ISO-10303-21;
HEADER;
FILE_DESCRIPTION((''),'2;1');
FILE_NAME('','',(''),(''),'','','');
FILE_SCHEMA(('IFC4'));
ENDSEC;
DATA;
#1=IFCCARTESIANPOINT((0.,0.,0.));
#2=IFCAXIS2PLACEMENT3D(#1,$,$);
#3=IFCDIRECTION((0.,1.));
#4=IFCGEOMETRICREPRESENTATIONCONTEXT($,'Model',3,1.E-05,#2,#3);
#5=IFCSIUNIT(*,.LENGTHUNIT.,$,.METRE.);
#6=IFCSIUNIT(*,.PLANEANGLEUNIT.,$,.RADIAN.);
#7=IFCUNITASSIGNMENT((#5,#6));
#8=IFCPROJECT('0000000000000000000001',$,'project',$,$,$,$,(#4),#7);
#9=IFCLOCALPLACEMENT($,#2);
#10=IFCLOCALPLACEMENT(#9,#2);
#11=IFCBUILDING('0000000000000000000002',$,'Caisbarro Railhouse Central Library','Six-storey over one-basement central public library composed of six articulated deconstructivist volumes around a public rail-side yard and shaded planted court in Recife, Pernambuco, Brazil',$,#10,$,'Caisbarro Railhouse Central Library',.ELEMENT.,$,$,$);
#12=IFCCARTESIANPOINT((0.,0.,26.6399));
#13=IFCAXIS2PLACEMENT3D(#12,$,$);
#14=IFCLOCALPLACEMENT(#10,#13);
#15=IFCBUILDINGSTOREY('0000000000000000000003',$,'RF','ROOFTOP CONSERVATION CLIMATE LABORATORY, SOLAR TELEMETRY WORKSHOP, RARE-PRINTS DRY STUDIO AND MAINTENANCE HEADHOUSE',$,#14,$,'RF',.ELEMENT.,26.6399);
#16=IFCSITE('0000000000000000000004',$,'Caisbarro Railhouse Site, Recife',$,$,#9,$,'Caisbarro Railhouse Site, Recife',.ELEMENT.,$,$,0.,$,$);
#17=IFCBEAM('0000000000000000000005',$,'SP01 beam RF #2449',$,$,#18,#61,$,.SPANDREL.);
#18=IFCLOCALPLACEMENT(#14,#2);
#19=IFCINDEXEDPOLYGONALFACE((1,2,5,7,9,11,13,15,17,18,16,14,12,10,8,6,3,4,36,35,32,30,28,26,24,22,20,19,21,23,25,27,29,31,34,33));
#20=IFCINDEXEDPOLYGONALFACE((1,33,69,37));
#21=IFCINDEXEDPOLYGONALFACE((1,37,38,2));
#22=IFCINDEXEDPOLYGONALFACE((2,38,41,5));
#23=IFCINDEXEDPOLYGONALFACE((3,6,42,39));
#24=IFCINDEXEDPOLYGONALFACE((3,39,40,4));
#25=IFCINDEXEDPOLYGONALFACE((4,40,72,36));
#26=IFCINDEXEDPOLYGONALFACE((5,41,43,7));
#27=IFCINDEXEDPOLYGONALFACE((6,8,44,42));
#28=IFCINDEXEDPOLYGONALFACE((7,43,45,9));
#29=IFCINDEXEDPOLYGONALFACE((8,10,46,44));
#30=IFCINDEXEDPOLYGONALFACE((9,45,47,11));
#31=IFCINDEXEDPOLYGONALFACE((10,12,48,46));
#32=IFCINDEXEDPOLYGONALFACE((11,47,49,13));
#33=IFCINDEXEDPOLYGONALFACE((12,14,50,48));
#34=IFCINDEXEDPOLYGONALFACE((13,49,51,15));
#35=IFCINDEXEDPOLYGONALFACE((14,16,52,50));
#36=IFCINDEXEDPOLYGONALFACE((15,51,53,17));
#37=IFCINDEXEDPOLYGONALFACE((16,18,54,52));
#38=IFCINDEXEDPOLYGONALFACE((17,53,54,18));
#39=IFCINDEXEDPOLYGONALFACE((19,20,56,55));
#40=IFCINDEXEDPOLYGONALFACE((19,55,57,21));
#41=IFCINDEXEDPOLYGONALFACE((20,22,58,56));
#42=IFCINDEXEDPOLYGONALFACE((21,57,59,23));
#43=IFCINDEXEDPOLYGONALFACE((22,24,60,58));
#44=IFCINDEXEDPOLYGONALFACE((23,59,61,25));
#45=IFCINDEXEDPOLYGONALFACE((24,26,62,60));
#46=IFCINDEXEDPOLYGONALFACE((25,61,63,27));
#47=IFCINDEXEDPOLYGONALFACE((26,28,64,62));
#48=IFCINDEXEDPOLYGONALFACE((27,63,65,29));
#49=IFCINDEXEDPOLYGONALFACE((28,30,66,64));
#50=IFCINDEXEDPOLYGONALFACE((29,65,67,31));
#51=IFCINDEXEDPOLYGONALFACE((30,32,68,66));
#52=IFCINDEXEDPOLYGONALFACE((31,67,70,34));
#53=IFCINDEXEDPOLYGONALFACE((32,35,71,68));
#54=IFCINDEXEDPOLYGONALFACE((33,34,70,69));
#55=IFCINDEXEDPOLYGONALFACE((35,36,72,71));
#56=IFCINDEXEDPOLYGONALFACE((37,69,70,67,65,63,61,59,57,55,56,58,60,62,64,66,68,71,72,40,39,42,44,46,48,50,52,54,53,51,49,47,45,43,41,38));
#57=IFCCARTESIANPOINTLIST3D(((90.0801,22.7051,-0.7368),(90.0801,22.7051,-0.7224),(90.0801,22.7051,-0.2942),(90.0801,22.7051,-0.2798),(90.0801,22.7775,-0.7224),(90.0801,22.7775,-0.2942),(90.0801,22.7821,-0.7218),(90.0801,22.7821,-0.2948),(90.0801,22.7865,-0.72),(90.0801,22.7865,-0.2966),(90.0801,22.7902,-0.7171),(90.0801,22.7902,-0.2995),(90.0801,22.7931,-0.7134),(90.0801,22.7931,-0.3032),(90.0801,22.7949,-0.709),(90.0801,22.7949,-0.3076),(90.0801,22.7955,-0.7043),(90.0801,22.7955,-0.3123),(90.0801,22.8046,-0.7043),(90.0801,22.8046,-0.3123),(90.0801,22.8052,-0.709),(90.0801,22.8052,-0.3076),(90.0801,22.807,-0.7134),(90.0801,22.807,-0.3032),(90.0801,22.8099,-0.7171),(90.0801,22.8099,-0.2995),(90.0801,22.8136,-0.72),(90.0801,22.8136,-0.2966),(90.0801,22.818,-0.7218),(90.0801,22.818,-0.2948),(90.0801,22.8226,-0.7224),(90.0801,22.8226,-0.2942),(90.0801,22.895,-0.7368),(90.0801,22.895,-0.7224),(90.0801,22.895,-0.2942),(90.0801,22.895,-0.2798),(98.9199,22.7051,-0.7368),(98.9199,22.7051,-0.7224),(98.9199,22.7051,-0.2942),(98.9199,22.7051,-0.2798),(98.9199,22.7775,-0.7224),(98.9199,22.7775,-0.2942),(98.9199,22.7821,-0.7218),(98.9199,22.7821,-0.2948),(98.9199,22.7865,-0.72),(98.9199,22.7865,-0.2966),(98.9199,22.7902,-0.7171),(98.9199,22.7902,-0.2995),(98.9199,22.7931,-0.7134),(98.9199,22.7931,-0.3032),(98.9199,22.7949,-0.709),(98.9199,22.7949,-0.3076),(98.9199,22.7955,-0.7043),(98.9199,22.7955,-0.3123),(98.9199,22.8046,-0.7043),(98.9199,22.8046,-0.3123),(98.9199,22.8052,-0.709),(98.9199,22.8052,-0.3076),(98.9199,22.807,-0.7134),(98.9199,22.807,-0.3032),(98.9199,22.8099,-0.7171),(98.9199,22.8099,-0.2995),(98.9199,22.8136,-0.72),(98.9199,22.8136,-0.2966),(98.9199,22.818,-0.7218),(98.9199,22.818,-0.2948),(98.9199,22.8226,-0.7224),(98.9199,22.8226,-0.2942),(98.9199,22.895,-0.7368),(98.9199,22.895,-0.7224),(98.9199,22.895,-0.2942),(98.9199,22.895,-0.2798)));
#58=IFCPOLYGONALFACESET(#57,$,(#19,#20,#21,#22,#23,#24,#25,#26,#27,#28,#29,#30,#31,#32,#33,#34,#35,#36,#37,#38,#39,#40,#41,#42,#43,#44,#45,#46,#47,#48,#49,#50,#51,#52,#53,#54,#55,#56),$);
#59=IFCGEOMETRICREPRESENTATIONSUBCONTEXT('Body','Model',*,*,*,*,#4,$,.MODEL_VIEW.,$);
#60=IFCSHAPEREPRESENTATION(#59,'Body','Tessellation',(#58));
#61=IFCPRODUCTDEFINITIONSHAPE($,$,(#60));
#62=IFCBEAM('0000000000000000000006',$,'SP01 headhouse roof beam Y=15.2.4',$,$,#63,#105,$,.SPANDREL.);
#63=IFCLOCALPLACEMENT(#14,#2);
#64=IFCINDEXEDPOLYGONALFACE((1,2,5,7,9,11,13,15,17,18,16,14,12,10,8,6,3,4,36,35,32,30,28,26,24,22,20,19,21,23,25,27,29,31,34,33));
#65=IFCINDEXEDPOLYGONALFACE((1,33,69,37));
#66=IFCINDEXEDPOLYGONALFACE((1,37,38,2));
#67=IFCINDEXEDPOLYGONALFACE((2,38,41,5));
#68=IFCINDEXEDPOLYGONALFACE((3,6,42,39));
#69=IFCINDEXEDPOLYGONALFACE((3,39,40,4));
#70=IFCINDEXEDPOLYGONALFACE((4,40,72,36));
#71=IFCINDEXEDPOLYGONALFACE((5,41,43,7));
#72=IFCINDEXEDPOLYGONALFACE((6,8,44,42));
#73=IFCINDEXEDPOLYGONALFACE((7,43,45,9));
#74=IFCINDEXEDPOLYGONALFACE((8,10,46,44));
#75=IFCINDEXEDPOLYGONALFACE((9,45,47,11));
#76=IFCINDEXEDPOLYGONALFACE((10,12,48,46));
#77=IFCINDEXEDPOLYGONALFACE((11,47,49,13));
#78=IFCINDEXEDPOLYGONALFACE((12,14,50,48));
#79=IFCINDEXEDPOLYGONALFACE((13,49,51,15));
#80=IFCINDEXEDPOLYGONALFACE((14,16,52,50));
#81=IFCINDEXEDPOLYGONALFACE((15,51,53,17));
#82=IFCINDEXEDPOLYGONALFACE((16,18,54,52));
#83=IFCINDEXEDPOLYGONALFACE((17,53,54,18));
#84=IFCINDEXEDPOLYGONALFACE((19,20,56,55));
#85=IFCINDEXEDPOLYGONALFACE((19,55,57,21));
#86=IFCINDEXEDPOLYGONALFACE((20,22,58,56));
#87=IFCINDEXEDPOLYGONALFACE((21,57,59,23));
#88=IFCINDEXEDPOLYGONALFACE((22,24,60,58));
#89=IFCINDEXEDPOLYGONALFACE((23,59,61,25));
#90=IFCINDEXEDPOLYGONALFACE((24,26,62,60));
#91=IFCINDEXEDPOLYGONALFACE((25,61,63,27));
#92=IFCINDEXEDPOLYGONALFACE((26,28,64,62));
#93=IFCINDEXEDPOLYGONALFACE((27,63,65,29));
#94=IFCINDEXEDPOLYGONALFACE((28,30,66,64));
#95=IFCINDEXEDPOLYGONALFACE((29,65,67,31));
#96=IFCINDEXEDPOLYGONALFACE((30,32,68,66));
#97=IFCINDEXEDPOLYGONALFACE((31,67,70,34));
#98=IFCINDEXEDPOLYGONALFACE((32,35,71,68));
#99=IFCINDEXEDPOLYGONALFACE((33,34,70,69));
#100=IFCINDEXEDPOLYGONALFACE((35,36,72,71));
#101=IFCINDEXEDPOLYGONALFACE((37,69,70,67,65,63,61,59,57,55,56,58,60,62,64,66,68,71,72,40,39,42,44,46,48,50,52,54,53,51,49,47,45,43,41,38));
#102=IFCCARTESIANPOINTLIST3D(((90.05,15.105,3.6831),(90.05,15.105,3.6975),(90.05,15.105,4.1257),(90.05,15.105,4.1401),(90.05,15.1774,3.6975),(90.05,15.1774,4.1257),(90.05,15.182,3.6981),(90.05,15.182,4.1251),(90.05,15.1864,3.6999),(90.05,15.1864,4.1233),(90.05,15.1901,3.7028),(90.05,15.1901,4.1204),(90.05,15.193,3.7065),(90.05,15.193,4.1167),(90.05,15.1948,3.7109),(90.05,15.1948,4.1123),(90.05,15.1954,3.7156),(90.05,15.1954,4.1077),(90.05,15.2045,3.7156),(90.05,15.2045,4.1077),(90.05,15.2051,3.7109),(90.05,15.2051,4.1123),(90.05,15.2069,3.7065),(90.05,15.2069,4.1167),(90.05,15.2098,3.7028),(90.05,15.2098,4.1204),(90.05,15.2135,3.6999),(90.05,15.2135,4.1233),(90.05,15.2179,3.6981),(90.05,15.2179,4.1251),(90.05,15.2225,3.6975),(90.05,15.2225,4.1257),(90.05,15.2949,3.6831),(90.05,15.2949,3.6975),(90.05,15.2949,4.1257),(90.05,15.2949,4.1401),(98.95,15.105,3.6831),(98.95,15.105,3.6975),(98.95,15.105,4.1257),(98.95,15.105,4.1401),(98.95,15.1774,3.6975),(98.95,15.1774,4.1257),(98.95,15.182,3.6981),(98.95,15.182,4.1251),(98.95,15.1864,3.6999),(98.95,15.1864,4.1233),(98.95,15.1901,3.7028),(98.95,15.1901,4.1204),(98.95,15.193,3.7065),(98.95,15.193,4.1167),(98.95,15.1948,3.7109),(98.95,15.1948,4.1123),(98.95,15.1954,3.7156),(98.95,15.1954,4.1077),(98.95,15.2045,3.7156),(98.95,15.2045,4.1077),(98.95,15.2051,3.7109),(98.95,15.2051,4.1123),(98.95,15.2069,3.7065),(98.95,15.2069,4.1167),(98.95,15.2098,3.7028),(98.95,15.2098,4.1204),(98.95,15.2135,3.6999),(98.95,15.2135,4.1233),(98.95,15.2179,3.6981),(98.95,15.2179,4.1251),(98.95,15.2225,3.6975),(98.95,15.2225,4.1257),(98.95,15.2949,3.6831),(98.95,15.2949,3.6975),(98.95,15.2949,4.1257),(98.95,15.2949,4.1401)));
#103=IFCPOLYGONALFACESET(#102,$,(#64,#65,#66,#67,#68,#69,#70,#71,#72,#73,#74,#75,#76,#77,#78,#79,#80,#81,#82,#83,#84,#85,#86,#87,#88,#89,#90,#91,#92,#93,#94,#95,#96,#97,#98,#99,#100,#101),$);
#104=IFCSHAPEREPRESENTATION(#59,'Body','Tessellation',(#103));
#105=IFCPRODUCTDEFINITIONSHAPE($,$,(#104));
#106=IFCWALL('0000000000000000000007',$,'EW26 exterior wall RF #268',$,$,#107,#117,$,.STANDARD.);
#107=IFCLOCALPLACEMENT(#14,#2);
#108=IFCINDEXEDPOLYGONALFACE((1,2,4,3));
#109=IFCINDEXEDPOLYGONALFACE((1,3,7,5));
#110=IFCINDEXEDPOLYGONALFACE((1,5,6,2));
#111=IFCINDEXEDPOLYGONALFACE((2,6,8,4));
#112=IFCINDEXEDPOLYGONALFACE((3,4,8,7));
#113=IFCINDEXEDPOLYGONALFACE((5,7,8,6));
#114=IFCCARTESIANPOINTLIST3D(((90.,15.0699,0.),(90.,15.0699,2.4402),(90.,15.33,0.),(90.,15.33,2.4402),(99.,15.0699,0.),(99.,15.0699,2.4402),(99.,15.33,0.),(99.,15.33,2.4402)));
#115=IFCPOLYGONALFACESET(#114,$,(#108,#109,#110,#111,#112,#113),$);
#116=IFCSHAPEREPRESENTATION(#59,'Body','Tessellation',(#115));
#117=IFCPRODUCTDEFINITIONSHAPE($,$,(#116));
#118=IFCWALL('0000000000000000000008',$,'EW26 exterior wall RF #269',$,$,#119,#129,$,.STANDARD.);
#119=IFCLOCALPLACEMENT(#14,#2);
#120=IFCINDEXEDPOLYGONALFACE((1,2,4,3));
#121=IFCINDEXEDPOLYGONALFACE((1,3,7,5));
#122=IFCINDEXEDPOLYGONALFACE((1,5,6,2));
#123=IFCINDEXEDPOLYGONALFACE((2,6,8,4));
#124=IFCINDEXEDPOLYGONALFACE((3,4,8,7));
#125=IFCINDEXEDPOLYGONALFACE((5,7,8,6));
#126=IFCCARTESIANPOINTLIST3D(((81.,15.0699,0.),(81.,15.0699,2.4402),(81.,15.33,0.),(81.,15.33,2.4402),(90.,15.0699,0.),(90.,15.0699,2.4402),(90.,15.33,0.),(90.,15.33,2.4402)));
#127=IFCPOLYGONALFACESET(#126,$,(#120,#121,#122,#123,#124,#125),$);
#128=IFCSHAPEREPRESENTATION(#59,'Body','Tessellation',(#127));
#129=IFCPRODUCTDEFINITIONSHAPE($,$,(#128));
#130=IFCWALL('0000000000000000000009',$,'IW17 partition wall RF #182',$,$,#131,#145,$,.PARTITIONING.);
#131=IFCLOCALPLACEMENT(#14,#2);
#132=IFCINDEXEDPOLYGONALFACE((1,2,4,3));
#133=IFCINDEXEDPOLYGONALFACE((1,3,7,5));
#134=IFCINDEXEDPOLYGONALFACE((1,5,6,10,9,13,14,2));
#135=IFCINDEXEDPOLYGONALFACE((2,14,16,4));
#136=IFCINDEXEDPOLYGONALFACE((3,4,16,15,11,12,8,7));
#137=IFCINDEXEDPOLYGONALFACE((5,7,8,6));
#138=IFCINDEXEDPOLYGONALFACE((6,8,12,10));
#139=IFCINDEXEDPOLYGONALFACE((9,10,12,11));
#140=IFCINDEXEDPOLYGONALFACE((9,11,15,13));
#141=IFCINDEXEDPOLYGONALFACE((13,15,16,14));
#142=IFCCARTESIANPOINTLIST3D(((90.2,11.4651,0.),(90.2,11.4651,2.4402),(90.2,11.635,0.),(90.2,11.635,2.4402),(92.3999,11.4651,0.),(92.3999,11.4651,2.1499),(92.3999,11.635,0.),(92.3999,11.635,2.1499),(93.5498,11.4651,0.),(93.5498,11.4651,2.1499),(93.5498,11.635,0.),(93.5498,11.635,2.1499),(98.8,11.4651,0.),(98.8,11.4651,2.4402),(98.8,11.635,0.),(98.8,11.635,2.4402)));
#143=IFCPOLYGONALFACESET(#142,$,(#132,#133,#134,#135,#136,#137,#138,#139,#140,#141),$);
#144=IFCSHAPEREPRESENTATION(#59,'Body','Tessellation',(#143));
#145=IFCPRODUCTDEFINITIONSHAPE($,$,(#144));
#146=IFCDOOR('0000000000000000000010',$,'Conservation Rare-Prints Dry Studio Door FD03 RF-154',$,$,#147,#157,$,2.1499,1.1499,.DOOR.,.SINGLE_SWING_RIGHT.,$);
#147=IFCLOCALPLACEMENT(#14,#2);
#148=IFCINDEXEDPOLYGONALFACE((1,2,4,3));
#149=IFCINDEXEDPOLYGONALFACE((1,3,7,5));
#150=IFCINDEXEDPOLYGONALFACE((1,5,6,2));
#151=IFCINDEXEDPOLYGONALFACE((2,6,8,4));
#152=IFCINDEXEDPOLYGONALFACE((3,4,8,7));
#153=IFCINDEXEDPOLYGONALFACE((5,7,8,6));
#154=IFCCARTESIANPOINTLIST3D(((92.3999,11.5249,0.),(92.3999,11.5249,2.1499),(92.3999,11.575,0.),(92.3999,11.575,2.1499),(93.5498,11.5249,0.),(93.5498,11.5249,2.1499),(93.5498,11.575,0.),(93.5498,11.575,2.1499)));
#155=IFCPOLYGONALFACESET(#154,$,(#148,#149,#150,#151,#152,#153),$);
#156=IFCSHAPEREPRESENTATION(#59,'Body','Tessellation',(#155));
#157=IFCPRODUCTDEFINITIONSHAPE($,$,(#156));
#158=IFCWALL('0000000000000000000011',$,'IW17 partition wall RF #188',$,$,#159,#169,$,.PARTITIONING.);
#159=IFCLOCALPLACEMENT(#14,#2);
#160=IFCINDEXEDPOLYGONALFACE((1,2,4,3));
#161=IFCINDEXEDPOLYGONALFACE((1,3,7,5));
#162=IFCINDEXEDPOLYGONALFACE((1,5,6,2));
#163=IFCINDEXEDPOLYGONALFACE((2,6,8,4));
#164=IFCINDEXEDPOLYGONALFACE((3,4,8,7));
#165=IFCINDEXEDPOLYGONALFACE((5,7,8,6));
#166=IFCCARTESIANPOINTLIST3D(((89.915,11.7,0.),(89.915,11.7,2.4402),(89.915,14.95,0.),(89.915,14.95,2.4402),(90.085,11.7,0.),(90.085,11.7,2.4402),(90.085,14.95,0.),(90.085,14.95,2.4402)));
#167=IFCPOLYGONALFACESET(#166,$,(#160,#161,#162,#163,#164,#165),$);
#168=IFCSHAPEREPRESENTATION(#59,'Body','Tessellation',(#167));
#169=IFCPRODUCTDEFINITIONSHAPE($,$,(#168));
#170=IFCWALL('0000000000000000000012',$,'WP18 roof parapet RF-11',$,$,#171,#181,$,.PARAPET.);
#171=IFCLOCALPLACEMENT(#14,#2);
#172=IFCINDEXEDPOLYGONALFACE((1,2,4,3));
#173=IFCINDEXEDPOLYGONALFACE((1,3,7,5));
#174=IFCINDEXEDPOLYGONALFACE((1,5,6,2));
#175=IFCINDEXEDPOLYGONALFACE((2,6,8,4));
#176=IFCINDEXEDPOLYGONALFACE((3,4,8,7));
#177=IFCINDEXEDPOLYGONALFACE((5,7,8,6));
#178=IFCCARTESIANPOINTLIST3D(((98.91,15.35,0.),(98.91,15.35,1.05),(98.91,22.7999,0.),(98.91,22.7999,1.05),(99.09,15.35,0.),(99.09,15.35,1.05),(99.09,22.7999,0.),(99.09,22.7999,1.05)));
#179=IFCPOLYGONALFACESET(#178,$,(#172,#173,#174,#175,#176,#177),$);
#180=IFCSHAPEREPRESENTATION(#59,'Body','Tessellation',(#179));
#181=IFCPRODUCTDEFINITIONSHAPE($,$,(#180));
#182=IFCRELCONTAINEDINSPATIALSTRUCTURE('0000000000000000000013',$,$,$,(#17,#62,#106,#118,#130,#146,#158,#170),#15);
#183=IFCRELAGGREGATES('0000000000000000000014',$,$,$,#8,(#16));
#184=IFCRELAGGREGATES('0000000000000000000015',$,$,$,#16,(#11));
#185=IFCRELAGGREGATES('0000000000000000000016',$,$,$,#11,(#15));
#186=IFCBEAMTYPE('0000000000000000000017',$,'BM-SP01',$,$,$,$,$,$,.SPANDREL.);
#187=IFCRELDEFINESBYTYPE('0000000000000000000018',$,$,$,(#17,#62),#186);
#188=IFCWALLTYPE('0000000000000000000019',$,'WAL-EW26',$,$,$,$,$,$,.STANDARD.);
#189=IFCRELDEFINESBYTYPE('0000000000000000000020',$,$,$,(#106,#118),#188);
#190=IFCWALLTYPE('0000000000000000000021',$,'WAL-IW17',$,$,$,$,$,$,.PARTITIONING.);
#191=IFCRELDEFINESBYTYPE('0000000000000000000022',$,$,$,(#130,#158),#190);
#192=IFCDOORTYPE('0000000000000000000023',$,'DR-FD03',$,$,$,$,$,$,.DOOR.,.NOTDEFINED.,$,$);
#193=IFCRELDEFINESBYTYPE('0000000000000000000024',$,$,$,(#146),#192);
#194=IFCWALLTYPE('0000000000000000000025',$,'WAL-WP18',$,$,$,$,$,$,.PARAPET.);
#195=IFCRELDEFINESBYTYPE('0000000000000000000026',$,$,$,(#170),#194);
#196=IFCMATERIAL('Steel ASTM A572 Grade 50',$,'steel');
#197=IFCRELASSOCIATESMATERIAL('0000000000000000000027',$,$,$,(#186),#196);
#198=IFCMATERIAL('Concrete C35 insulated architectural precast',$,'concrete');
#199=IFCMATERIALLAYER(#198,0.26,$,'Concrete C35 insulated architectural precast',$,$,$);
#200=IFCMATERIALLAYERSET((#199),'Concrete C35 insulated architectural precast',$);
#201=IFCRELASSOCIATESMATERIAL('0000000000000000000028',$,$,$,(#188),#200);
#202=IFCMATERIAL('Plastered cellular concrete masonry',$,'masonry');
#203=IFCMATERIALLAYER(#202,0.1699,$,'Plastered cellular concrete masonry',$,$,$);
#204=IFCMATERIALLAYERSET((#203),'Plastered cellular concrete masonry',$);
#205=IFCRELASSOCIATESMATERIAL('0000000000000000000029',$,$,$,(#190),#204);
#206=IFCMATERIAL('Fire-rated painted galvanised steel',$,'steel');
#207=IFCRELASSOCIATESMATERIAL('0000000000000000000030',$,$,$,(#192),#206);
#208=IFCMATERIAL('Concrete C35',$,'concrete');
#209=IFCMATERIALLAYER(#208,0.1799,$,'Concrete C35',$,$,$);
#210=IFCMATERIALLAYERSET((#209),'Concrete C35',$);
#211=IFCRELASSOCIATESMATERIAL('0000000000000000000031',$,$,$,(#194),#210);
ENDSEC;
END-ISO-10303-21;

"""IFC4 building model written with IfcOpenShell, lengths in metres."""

from ifc_helpers import new_model, si_unit, direction, frame, frame_2d, origin, origin_2d, place, context, subcontext, project, spatial, rectangle, i_section, extrude, material, layer, layer_set, material_profile, profile_set, type_object, element, fill, save


model = new_model("IFC4")

# Units and contexts
model_context = context("Model", 3, precision=1e-05, world=origin(), true_north=direction((0.0, 1.0)))
body_context = subcontext(model_context, "Body", "Model", "MODEL_VIEW")
ifc_project = project(units=[si_unit("LENGTHUNIT", "METRE"), si_unit("PLANEANGLEUNIT", "RADIAN")], contexts=[model_context])

# Site, building, storey
site_placement = place(None, origin())
site = spatial("IfcSite", under=ifc_project, at=site_placement, Name="Caisbarro Railhouse Site, Recife", LongName="Caisbarro Railhouse Site, Recife", CompositionType="ELEMENT", RefElevation=0.0)
building_placement = place(site_placement, origin())
building = spatial("IfcBuilding", under=site, at=building_placement, Name="Caisbarro Railhouse Central Library", Description="Six-storey over one-basement central public library composed of six articulated deconstructivist volumes around a public rail-side yard and shaded planted court in Recife, Pernambuco, Brazil", LongName="Caisbarro Railhouse Central Library", CompositionType="ELEMENT")
storey_placement = place(building_placement, frame((0.0, 0.0, 26.6399)))
storey = spatial("IfcBuildingStorey", under=building, at=storey_placement, Name="RF", Description="ROOFTOP CONSERVATION CLIMATE LABORATORY, SOLAR TELEMETRY WORKSHOP, RARE-PRINTS DRY STUDIO AND MAINTENANCE HEADHOUSE", LongName="RF", CompositionType="ELEMENT", Elevation=26.6399)

# Shared definitions
ifc_material_1 = material(Name="Steel ASTM A572 Grade 50", Category="steel")

# Beams
ifc_material_profile_1 = material_profile(ifc_material_1, i_section(OverallWidth=0.1899, OverallDepth=0.457, WebThickness=0.009, FlangeThickness=0.0144, FilletRadius=0.0181, at=origin_2d()), Name="W460X74.0")
ifc_profile_set_1 = profile_set([ifc_material_profile_1], Name="Steel ASTM A572 Grade 50")
beam_type_1 = type_object("IfcBeamType", Name="BM-SP01", PredefinedType="SPANDREL", material=ifc_profile_set_1)
beam_1_placement = place(storey_placement, frame((90.0801, 22.8, -0.5083), z_axis=(1.0, 0.0, 0.0), x_axis=(0.0, 1.0, 0.0)))
element("IfcBeam", 1, at=beam_1_placement, inside=storey, type_object=beam_type_1, Name="SP01 beam RF #2449", PredefinedType="SPANDREL", context=body_context, shape_type="SweptSolid", body=[
    extrude(i_section(OverallWidth=0.1899, OverallDepth=0.457, WebThickness=0.009, FlangeThickness=0.0144, FilletRadius=0.0181, at=origin_2d()), origin(), (0.0, 0.0, 1.0), 8.8398),
])
beam_2_placement = place(storey_placement, frame((90.05, 15.2, 3.9116), z_axis=(1.0, 0.0, 0.0), x_axis=(0.0, 1.0, 0.0)))
element("IfcBeam", 2, at=beam_2_placement, inside=storey, type_object=beam_type_1, Name="SP01 headhouse roof beam Y=15.2.4", PredefinedType="SPANDREL", context=body_context, shape_type="SweptSolid", body=[
    extrude(i_section(OverallWidth=0.1899, OverallDepth=0.457, WebThickness=0.009, FlangeThickness=0.0144, FilletRadius=0.0181, at=origin_2d()), origin(), (0.0, 0.0, 1.0), 8.8999),
])

# Walls
ifc_material_2 = material(Name="Concrete C35 insulated architectural precast", Category="concrete")
ifc_layer_1 = layer(ifc_material_2, 0.26, Name="Concrete C35 insulated architectural precast")
ifc_layer_set_1 = layer_set([ifc_layer_1], Name="Concrete C35 insulated architectural precast")
wall_type_1 = type_object("IfcWallType", Name="WAL-EW26", PredefinedType="STANDARD", material=ifc_layer_set_1)
for number, where, z_axis, x_axis, name in (
    (3, (99.0, 15.2, 0.0), (0.0, 0.0, 1.0), (-1.0, 0.0, 0.0), "EW26 exterior wall RF #268"),
    (4, (90.0, 15.2, 0.0), (0.0, 0.0, 1.0), (-1.0, 0.0, 0.0), "EW26 exterior wall RF #269"),
):
    element("IfcWall", number, at=place(storey_placement, frame(where, z_axis=z_axis, x_axis=x_axis)), inside=storey, type_object=wall_type_1, Name=name, PredefinedType="STANDARD", context=body_context, shape_type="SweptSolid", body=[
        extrude(rectangle(XDim=9.0, YDim=0.26, at=frame_2d((4.5, 0.0))), origin(), (0.0, 0.0, 1.0), 2.4402),
    ])

# Wall, opening, door
ifc_material_3 = material(Name="Plastered cellular concrete masonry", Category="masonry")
ifc_layer_2 = layer(ifc_material_3, 0.1699, Name="Plastered cellular concrete masonry")
ifc_layer_set_2 = layer_set([ifc_layer_2], Name="Plastered cellular concrete masonry")
wall_type_2 = type_object("IfcWallType", Name="WAL-IW17", PredefinedType="PARTITIONING", material=ifc_layer_set_2)
wall_1_placement = place(storey_placement, frame((90.2, 11.55, 0.0), z_axis=(0.0, 0.0, 1.0), x_axis=(1.0, 0.0, 0.0)))
wall_1 = element("IfcWall", 5, at=wall_1_placement, inside=storey, type_object=wall_type_2, Name="IW17 partition wall RF #182", PredefinedType="PARTITIONING", context=body_context, shape_type="SweptSolid", body=[
    extrude(rectangle(XDim=8.6001, YDim=0.1699, at=frame_2d((4.3, 0.0))), origin(), (0.0, 0.0, 1.0), 2.4402),
])
opening_1_placement = place(wall_1_placement, frame((2.2, 0.0, 0.0)))
opening_1 = element("IfcOpeningElement", 6, at=opening_1_placement, cuts=wall_1, PredefinedType="OPENING", context=body_context, shape_type="SweptSolid", body=[
    extrude(rectangle(XDim=1.1499, YDim=2.1499, at=frame_2d((0.575, 1.075))), frame((0.0, 0.095, 0.0), z_axis=(0.0, -1.0, 0.0), x_axis=(1.0, 0.0, 0.0)), (0.0, 0.0, 1.0), 0.1899),
])
ifc_material_4 = material(Name="Fire-rated painted galvanised steel", Category="steel")
door_type_1 = type_object("IfcDoorType", Name="DR-FD03", OperationType="NOTDEFINED", PredefinedType="DOOR", material=ifc_material_4)
door_1_placement = place(opening_1_placement, origin())
door_1 = element("IfcDoor", 7, at=door_1_placement, inside=storey, type_object=door_type_1, Name="Conservation Rare-Prints Dry Studio Door FD03 RF-154", OperationType="SINGLE_SWING_RIGHT", OverallHeight=2.1499, OverallWidth=1.1499, PredefinedType="DOOR", context=body_context, shape_type="SweptSolid", body=[
    extrude(rectangle(XDim=1.1499, YDim=2.1499, at=frame_2d((0.575, 1.075))), frame((0.0, 0.0249, 0.0), z_axis=(0.0, -1.0, 0.0), x_axis=(1.0, 0.0, 0.0)), (0.0, 0.0, 1.0), 0.05),
])
fill(opening_1, door_1)

# Walls
wall_2_placement = place(storey_placement, frame((90.0, 11.7, 0.0), z_axis=(0.0, 0.0, 1.0), x_axis=(0.0, 1.0, 0.0)))
element("IfcWall", 8, at=wall_2_placement, inside=storey, type_object=wall_type_2, Name="IW17 partition wall RF #188", PredefinedType="PARTITIONING", context=body_context, shape_type="SweptSolid", body=[
    extrude(rectangle(XDim=3.25, YDim=0.1699, at=frame_2d((1.625, 0.0))), origin(), (0.0, 0.0, 1.0), 2.4402),
])
ifc_material_5 = material(Name="Concrete C35", Category="concrete")
ifc_layer_3 = layer(ifc_material_5, 0.1799, Name="Concrete C35")
ifc_layer_set_3 = layer_set([ifc_layer_3], Name="Concrete C35")
wall_type_3 = type_object("IfcWallType", Name="WAL-WP18", PredefinedType="PARAPET", material=ifc_layer_set_3)
wall_3_placement = place(storey_placement, frame((99.0, 22.8, 0.0), z_axis=(0.0, 0.0, 1.0), x_axis=(0.0, -1.0, 0.0)))
element("IfcWall", 9, at=wall_3_placement, inside=storey, type_object=wall_type_3, Name="WP18 roof parapet RF-11", PredefinedType="PARAPET", context=body_context, shape_type="SweptSolid", body=[
    extrude(rectangle(XDim=7.45, YDim=0.1799, at=frame_2d((3.7251, 0.0))), origin(), (0.0, 0.0, 1.0), 1.05),
])

save(model, "model.ifc")
